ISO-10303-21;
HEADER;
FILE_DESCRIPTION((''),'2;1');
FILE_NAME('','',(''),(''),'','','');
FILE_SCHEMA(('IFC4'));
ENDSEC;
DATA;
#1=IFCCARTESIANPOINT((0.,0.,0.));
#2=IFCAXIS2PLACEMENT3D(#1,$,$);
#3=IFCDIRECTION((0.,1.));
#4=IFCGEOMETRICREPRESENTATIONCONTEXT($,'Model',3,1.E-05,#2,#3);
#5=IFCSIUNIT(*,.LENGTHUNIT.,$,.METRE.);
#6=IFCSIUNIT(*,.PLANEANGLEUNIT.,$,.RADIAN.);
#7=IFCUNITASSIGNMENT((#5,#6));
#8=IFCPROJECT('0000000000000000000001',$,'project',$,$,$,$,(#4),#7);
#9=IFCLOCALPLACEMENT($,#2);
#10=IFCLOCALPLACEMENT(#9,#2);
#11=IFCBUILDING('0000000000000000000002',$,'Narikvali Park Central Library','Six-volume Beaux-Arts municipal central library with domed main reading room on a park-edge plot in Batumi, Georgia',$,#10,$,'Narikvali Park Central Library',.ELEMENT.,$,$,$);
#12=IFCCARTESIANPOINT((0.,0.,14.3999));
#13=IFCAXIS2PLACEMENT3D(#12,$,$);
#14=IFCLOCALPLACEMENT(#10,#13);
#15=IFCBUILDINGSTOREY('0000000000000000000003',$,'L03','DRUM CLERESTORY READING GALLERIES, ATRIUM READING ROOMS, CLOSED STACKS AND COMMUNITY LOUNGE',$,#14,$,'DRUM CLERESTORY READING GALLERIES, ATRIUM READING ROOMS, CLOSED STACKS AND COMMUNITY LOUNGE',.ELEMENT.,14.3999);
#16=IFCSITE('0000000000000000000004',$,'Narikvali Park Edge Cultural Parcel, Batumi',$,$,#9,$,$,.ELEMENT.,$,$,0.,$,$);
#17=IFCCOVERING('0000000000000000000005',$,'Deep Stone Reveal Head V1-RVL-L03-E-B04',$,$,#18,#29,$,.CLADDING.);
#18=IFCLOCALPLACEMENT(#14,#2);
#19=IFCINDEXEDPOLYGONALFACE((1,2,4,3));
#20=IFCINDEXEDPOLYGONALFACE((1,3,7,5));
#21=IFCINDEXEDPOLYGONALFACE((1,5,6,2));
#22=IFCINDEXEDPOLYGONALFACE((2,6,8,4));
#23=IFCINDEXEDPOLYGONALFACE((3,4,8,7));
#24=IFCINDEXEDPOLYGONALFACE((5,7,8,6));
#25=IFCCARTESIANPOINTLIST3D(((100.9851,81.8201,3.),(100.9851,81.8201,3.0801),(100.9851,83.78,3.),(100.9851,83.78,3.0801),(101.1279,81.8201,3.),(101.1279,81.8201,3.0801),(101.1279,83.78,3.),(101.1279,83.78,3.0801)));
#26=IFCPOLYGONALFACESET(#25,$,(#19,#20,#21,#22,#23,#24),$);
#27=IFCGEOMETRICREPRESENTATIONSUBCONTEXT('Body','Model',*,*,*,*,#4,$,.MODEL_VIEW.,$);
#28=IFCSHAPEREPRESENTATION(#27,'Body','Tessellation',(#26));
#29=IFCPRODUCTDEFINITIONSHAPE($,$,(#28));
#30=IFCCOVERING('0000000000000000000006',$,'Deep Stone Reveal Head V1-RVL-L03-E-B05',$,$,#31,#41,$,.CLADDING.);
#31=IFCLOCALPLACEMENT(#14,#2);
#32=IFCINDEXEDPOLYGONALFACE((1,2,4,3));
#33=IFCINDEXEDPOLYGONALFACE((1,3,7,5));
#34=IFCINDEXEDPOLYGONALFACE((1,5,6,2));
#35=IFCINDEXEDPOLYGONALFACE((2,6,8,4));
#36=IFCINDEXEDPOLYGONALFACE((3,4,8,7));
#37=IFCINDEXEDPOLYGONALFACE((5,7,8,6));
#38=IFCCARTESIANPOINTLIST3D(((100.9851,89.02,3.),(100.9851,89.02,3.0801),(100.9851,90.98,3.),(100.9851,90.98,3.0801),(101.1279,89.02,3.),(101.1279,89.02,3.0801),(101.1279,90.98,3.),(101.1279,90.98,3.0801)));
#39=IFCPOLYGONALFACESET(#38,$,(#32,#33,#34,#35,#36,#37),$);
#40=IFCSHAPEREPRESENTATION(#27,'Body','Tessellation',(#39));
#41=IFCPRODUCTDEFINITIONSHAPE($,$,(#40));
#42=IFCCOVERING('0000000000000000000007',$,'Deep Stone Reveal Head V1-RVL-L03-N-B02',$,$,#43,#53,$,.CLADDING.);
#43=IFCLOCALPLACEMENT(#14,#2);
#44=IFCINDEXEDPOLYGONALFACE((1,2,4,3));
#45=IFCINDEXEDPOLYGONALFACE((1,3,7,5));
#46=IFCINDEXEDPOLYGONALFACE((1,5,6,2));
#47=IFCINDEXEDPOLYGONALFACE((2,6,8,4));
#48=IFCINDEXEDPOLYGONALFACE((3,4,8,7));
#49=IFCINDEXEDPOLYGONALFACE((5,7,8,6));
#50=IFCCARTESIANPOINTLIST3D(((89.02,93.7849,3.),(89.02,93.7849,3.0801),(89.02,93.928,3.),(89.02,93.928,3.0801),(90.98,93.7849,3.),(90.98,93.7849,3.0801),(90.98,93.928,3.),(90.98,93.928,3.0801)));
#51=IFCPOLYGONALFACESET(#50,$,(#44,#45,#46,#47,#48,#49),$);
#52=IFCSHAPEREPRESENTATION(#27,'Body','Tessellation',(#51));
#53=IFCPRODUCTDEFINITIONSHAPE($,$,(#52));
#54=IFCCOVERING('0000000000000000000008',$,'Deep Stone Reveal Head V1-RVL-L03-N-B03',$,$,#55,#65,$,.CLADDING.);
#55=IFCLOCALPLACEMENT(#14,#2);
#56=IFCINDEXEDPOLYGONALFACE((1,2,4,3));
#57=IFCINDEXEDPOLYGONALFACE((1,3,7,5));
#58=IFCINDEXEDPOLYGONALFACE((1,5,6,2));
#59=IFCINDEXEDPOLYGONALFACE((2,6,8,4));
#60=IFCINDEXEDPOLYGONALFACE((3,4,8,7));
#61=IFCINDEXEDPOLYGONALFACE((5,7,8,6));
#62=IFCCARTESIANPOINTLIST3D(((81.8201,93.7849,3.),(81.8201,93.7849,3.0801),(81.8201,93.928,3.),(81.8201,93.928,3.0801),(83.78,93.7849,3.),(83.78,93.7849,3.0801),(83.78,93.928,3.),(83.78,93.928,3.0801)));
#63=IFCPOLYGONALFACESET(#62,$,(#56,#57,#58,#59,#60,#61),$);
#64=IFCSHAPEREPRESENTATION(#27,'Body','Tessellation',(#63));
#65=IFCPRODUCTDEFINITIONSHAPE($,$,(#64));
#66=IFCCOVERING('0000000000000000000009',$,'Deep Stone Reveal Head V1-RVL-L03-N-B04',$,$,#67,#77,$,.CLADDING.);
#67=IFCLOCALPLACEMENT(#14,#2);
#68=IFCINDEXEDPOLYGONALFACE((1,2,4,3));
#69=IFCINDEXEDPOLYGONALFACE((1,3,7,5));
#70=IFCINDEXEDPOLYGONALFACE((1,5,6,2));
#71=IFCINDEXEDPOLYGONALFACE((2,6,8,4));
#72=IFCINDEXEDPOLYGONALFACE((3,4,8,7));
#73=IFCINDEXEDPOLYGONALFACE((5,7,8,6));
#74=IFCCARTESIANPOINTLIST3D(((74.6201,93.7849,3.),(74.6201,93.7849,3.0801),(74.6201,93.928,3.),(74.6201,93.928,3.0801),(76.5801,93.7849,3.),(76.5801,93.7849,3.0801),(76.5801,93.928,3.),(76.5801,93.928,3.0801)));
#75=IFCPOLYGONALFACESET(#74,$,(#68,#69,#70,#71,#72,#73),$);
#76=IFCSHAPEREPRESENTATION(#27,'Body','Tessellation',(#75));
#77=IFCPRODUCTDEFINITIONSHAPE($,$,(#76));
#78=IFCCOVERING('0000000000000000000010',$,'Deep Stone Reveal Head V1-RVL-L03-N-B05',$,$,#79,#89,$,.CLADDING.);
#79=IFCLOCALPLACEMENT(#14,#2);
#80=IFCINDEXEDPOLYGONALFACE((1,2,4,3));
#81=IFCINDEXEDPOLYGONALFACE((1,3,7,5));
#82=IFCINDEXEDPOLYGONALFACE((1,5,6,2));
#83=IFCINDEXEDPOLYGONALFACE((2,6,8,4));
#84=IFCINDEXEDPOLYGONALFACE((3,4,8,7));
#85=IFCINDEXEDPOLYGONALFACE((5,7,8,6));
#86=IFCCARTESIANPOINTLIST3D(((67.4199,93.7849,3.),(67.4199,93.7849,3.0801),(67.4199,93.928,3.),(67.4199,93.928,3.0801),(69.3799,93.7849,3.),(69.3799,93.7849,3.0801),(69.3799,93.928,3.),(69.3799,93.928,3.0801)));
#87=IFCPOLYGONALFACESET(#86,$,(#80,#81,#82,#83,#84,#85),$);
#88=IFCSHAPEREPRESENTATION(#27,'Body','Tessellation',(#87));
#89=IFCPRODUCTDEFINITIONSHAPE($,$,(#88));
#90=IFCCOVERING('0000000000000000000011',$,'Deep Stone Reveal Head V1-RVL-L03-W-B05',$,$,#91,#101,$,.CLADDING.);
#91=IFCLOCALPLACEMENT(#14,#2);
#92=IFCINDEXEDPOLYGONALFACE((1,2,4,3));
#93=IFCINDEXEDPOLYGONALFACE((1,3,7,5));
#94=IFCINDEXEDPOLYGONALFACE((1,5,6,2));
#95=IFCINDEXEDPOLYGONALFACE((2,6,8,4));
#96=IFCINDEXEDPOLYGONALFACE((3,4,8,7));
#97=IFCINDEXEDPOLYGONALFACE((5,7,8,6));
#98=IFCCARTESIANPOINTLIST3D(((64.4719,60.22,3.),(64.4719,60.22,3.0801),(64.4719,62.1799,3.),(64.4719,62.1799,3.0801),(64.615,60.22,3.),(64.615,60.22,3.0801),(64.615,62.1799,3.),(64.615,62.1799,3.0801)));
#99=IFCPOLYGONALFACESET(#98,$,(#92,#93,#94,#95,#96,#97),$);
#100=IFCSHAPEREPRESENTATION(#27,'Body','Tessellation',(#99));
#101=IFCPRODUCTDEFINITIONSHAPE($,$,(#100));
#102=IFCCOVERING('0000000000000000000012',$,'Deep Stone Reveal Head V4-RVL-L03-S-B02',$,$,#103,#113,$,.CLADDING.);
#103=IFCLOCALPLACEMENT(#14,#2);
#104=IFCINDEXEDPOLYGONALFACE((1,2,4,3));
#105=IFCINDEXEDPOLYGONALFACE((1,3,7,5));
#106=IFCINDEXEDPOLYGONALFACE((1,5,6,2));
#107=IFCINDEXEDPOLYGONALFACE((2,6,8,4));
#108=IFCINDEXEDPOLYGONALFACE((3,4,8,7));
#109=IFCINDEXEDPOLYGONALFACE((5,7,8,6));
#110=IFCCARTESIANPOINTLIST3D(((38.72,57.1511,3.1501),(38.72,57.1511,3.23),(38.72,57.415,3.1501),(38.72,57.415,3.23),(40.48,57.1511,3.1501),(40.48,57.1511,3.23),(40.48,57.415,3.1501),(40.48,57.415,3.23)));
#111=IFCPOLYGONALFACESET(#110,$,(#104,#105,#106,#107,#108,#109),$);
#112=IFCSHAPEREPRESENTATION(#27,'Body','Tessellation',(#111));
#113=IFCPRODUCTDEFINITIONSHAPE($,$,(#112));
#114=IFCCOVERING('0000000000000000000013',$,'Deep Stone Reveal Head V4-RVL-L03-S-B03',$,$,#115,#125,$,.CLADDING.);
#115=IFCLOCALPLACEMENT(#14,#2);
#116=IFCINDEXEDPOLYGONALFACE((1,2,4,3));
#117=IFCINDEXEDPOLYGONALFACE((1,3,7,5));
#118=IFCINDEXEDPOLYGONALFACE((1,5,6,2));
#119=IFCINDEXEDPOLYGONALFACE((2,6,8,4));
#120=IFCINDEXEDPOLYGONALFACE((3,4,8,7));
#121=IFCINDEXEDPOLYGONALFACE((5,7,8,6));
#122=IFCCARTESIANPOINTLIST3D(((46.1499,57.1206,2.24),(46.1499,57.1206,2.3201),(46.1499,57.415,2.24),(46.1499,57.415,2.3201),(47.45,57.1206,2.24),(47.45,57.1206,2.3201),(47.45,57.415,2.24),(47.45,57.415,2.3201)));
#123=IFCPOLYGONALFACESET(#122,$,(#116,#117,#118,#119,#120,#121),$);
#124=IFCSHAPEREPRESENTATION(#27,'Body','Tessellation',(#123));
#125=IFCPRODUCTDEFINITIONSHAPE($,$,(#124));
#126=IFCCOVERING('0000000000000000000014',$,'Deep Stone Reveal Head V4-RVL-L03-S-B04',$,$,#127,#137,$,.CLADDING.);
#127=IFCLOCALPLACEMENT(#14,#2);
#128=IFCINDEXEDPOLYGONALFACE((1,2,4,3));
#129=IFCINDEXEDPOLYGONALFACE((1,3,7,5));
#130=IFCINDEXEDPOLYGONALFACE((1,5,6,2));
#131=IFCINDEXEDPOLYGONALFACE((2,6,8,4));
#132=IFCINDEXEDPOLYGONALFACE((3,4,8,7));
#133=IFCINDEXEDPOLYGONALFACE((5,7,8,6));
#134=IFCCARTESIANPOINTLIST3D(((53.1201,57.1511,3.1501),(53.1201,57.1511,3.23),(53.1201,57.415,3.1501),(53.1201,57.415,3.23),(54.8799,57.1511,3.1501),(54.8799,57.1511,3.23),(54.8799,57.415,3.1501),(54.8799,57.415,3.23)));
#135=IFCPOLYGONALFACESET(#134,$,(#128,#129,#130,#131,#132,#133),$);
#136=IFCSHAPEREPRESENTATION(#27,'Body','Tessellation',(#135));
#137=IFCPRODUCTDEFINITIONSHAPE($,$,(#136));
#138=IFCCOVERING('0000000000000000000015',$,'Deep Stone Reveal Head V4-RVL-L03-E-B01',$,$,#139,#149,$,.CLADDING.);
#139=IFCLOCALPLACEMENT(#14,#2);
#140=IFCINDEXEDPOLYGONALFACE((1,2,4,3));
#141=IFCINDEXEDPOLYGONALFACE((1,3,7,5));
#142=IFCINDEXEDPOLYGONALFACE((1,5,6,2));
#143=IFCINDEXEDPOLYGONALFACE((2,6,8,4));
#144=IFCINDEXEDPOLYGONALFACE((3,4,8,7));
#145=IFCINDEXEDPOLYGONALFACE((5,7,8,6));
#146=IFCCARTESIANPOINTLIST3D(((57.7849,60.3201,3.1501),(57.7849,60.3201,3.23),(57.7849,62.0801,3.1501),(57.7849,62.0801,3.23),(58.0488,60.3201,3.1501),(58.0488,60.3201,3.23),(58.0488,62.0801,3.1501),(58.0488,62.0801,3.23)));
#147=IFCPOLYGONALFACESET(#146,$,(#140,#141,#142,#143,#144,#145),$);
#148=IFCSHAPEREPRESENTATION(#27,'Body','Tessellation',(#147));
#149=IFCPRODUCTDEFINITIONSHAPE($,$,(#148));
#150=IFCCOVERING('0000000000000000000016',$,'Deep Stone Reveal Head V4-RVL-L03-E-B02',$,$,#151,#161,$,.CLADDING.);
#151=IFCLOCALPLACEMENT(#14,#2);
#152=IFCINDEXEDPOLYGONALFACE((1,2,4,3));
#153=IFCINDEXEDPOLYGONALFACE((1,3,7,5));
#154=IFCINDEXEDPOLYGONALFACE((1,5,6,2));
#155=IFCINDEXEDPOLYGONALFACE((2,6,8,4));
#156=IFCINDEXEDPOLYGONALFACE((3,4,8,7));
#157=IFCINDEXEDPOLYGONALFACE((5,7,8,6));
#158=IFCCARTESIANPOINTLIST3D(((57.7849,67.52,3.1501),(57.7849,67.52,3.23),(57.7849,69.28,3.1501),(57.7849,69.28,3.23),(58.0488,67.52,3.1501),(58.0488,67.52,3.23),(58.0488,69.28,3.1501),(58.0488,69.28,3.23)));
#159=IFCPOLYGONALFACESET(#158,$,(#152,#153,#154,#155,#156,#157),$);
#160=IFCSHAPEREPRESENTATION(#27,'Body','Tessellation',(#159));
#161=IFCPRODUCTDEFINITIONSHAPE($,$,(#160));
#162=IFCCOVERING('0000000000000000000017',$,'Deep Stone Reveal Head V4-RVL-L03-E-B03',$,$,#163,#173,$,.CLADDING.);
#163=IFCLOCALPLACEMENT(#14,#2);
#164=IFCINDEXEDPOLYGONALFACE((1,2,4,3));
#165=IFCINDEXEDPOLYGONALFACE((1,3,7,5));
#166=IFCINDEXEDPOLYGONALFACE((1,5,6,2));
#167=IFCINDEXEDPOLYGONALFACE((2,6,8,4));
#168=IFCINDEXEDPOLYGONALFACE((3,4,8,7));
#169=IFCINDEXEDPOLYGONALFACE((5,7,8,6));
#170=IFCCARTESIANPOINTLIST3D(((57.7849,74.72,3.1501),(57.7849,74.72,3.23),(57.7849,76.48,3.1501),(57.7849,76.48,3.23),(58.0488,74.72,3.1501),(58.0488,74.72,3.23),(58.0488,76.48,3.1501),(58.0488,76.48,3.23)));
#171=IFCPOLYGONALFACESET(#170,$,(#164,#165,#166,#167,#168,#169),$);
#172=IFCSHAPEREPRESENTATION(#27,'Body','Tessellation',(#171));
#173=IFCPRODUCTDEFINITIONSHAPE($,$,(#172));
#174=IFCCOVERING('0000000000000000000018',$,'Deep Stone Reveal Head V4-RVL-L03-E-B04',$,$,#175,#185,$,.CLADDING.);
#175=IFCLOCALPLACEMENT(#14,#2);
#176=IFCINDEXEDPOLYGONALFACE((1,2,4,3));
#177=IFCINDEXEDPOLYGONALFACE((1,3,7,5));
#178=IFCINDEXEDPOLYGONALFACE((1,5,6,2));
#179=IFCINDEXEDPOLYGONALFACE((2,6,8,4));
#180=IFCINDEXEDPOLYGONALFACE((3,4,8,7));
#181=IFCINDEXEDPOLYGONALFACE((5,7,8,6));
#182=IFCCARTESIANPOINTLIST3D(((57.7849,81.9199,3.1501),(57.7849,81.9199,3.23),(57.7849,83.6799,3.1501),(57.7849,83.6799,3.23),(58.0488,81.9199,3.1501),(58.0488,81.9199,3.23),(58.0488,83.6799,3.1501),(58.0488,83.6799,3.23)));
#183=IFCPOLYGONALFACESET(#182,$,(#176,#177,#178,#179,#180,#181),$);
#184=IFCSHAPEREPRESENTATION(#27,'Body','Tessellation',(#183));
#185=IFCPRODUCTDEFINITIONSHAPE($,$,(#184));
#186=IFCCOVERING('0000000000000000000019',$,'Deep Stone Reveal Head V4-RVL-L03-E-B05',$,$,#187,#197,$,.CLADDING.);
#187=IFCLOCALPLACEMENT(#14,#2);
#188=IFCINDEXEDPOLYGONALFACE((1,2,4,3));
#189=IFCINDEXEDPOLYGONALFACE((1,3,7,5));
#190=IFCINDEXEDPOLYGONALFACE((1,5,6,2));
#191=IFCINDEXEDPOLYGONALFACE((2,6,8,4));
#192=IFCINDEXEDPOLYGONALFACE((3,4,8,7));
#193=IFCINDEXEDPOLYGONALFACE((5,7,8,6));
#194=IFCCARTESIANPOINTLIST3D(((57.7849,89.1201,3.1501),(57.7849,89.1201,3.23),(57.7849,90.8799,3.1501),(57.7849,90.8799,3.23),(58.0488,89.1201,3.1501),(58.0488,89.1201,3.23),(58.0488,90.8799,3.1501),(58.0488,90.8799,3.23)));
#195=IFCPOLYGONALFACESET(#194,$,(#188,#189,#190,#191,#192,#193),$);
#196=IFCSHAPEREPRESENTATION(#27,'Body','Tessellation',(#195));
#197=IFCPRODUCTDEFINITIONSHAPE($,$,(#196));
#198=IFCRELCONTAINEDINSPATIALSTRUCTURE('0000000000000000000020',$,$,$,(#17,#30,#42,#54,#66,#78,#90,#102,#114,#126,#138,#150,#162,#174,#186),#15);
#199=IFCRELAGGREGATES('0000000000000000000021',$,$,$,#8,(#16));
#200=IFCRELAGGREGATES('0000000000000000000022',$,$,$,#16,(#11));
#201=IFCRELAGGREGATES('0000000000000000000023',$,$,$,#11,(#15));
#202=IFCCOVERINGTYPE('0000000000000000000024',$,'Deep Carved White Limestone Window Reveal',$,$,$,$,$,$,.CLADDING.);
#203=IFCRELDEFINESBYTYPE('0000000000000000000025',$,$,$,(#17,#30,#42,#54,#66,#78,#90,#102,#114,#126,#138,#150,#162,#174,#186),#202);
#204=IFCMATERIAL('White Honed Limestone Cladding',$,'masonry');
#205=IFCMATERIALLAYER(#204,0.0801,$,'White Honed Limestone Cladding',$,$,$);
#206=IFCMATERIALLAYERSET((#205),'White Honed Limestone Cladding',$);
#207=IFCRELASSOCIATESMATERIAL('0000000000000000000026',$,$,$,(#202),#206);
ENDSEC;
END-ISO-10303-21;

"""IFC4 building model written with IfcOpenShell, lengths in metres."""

from ifc_helpers import new_model, si_unit, direction, frame, origin, place, context, subcontext, project, spatial, polyline, outline, extrude, material, layer, layer_set, type_object, element, save


model = new_model("IFC4")

# Units and contexts
model_context = context("Model", 3, precision=1e-05, world=origin(), true_north=direction((0.0, 1.0)))
body_context = subcontext(model_context, "Body", "Model", "MODEL_VIEW")
ifc_project = project(units=[si_unit("LENGTHUNIT", "METRE"), si_unit("PLANEANGLEUNIT", "RADIAN")], contexts=[model_context])

# Site, building, storey
site_placement = place(None, origin())
site = spatial("IfcSite", under=ifc_project, at=site_placement, Name="Narikvali Park Edge Cultural Parcel, Batumi", CompositionType="ELEMENT", RefElevation=0.0)
building_placement = place(site_placement, origin())
building = spatial("IfcBuilding", under=site, at=building_placement, Name="Narikvali Park Central Library", Description="Six-volume Beaux-Arts municipal central library with domed main reading room on a park-edge plot in Batumi, Georgia", LongName="Narikvali Park Central Library", CompositionType="ELEMENT")
storey_placement = place(building_placement, frame((0.0, 0.0, 14.3999)))
storey = spatial("IfcBuildingStorey", under=building, at=storey_placement, Name="L03", Description="DRUM CLERESTORY READING GALLERIES, ATRIUM READING ROOMS, CLOSED STACKS AND COMMUNITY LOUNGE", LongName="DRUM CLERESTORY READING GALLERIES, ATRIUM READING ROOMS, CLOSED STACKS AND COMMUNITY LOUNGE", CompositionType="ELEMENT", Elevation=14.3999)

# Coverings
ifc_material = material(Name="White Honed Limestone Cladding", Category="masonry")
ifc_layer = layer(ifc_material, 0.0801, Name="White Honed Limestone Cladding")
ifc_layer_set = layer_set([ifc_layer], Name="White Honed Limestone Cladding")
covering_type = type_object("IfcCoveringType", Name="Deep Carved White Limestone Window Reveal", PredefinedType="CLADDING", material=ifc_layer_set)
covering_1_placement = place(storey_placement, frame((0.0, 0.0, 3.0)))
element("IfcCovering", 1, at=covering_1_placement, inside=storey, type_object=covering_type, Name="Deep Stone Reveal Head V1-RVL-L03-E-B04", PredefinedType="CLADDING", context=body_context, shape_type="SweptSolid", body=[
    extrude(outline(polyline([(100.9851, 81.8201), (100.9851, 83.78), (101.1279, 83.78), (101.1279, 81.8201), (100.9851, 81.8201)])), origin(), (0.0, 0.0, 1.0), 0.0801),
])
covering_2_placement = place(storey_placement, frame((0.0, 0.0, 3.0)))
element("IfcCovering", 2, at=covering_2_placement, inside=storey, type_object=covering_type, Name="Deep Stone Reveal Head V1-RVL-L03-E-B05", PredefinedType="CLADDING", context=body_context, shape_type="SweptSolid", body=[
    extrude(outline(polyline([(100.9851, 89.02), (100.9851, 90.98), (101.1279, 90.98), (101.1279, 89.02), (100.9851, 89.02)])), origin(), (0.0, 0.0, 1.0), 0.0801),
])
covering_3_placement = place(storey_placement, frame((0.0, 0.0, 3.0)))
element("IfcCovering", 3, at=covering_3_placement, inside=storey, type_object=covering_type, Name="Deep Stone Reveal Head V1-RVL-L03-N-B02", PredefinedType="CLADDING", context=body_context, shape_type="SweptSolid", body=[
    extrude(outline(polyline([(90.98, 93.7849), (89.02, 93.7849), (89.02, 93.928), (90.98, 93.928), (90.98, 93.7849)])), origin(), (0.0, 0.0, 1.0), 0.0801),
])
covering_4_placement = place(storey_placement, frame((0.0, 0.0, 3.0)))
element("IfcCovering", 4, at=covering_4_placement, inside=storey, type_object=covering_type, Name="Deep Stone Reveal Head V1-RVL-L03-N-B03", PredefinedType="CLADDING", context=body_context, shape_type="SweptSolid", body=[
    extrude(outline(polyline([(83.78, 93.7849), (81.8201, 93.7849), (81.8201, 93.928), (83.78, 93.928), (83.78, 93.7849)])), origin(), (0.0, 0.0, 1.0), 0.0801),
])
covering_5_placement = place(storey_placement, frame((0.0, 0.0, 3.0)))
element("IfcCovering", 5, at=covering_5_placement, inside=storey, type_object=covering_type, Name="Deep Stone Reveal Head V1-RVL-L03-N-B04", PredefinedType="CLADDING", context=body_context, shape_type="SweptSolid", body=[
    extrude(outline(polyline([(76.5801, 93.7849), (74.6201, 93.7849), (74.6201, 93.928), (76.5801, 93.928), (76.5801, 93.7849)])), origin(), (0.0, 0.0, 1.0), 0.0801),
])
covering_6_placement = place(storey_placement, frame((0.0, 0.0, 3.0)))
element("IfcCovering", 6, at=covering_6_placement, inside=storey, type_object=covering_type, Name="Deep Stone Reveal Head V1-RVL-L03-N-B05", PredefinedType="CLADDING", context=body_context, shape_type="SweptSolid", body=[
    extrude(outline(polyline([(69.3799, 93.7849), (67.4199, 93.7849), (67.4199, 93.928), (69.3799, 93.928), (69.3799, 93.7849)])), origin(), (0.0, 0.0, 1.0), 0.0801),
])
covering_7_placement = place(storey_placement, frame((0.0, 0.0, 3.0)))
element("IfcCovering", 7, at=covering_7_placement, inside=storey, type_object=covering_type, Name="Deep Stone Reveal Head V1-RVL-L03-W-B05", PredefinedType="CLADDING", context=body_context, shape_type="SweptSolid", body=[
    extrude(outline(polyline([(64.615, 62.1799), (64.615, 60.22), (64.4719, 60.22), (64.4719, 62.1799), (64.615, 62.1799)])), origin(), (0.0, 0.0, 1.0), 0.0801),
])
covering_8_placement = place(storey_placement, frame((0.0, 0.0, 3.1501)))
element("IfcCovering", 8, at=covering_8_placement, inside=storey, type_object=covering_type, Name="Deep Stone Reveal Head V4-RVL-L03-S-B02", PredefinedType="CLADDING", context=body_context, shape_type="SweptSolid", body=[
    extrude(outline(polyline([(38.72, 57.415), (40.48, 57.415), (40.48, 57.1511), (38.72, 57.1511), (38.72, 57.415)])), origin(), (0.0, 0.0, 1.0), 0.0798),
])
covering_9_placement = place(storey_placement, frame((0.0, 0.0, 2.24)))
element("IfcCovering", 9, at=covering_9_placement, inside=storey, type_object=covering_type, Name="Deep Stone Reveal Head V4-RVL-L03-S-B03", PredefinedType="CLADDING", context=body_context, shape_type="SweptSolid", body=[
    extrude(outline(polyline([(46.1499, 57.415), (47.45, 57.415), (47.45, 57.1206), (46.1499, 57.1206), (46.1499, 57.415)])), origin(), (0.0, 0.0, 1.0), 0.0801),
])
covering_10_placement = place(storey_placement, frame((0.0, 0.0, 3.1501)))
element("IfcCovering", 10, at=covering_10_placement, inside=storey, type_object=covering_type, Name="Deep Stone Reveal Head V4-RVL-L03-S-B04", PredefinedType="CLADDING", context=body_context, shape_type="SweptSolid", body=[
    extrude(outline(polyline([(53.1201, 57.415), (54.8799, 57.415), (54.8799, 57.1511), (53.1201, 57.1511), (53.1201, 57.415)])), origin(), (0.0, 0.0, 1.0), 0.0798),
])
covering_11_placement = place(storey_placement, frame((0.0, 0.0, 3.1501)))
element("IfcCovering", 11, at=covering_11_placement, inside=storey, type_object=covering_type, Name="Deep Stone Reveal Head V4-RVL-L03-E-B01", PredefinedType="CLADDING", context=body_context, shape_type="SweptSolid", body=[
    extrude(outline(polyline([(57.7849, 60.3201), (57.7849, 62.0801), (58.0488, 62.0801), (58.0488, 60.3201), (57.7849, 60.3201)])), origin(), (0.0, 0.0, 1.0), 0.0798),
])
covering_12_placement = place(storey_placement, frame((0.0, 0.0, 3.1501)))
element("IfcCovering", 12, at=covering_12_placement, inside=storey, type_object=covering_type, Name="Deep Stone Reveal Head V4-RVL-L03-E-B02", PredefinedType="CLADDING", context=body_context, shape_type="SweptSolid", body=[
    extrude(outline(polyline([(57.7849, 67.52), (57.7849, 69.28), (58.0488, 69.28), (58.0488, 67.52), (57.7849, 67.52)])), origin(), (0.0, 0.0, 1.0), 0.0798),
])
covering_13_placement = place(storey_placement, frame((0.0, 0.0, 3.1501)))
element("IfcCovering", 13, at=covering_13_placement, inside=storey, type_object=covering_type, Name="Deep Stone Reveal Head V4-RVL-L03-E-B03", PredefinedType="CLADDING", context=body_context, shape_type="SweptSolid", body=[
    extrude(outline(polyline([(57.7849, 74.72), (57.7849, 76.48), (58.0488, 76.48), (58.0488, 74.72), (57.7849, 74.72)])), origin(), (0.0, 0.0, 1.0), 0.0798),
])
covering_14_placement = place(storey_placement, frame((0.0, 0.0, 3.1501)))
element("IfcCovering", 14, at=covering_14_placement, inside=storey, type_object=covering_type, Name="Deep Stone Reveal Head V4-RVL-L03-E-B04", PredefinedType="CLADDING", context=body_context, shape_type="SweptSolid", body=[
    extrude(outline(polyline([(57.7849, 81.9199), (57.7849, 83.6799), (58.0488, 83.6799), (58.0488, 81.9199), (57.7849, 81.9199)])), origin(), (0.0, 0.0, 1.0), 0.0798),
])
covering_15_placement = place(storey_placement, frame((0.0, 0.0, 3.1501)))
element("IfcCovering", 15, at=covering_15_placement, inside=storey, type_object=covering_type, Name="Deep Stone Reveal Head V4-RVL-L03-E-B05", PredefinedType="CLADDING", context=body_context, shape_type="SweptSolid", body=[
    extrude(outline(polyline([(57.7849, 89.1201), (57.7849, 90.8799), (58.0488, 90.8799), (58.0488, 89.1201), (57.7849, 89.1201)])), origin(), (0.0, 0.0, 1.0), 0.0798),
])

save(model, "model.ifc")
